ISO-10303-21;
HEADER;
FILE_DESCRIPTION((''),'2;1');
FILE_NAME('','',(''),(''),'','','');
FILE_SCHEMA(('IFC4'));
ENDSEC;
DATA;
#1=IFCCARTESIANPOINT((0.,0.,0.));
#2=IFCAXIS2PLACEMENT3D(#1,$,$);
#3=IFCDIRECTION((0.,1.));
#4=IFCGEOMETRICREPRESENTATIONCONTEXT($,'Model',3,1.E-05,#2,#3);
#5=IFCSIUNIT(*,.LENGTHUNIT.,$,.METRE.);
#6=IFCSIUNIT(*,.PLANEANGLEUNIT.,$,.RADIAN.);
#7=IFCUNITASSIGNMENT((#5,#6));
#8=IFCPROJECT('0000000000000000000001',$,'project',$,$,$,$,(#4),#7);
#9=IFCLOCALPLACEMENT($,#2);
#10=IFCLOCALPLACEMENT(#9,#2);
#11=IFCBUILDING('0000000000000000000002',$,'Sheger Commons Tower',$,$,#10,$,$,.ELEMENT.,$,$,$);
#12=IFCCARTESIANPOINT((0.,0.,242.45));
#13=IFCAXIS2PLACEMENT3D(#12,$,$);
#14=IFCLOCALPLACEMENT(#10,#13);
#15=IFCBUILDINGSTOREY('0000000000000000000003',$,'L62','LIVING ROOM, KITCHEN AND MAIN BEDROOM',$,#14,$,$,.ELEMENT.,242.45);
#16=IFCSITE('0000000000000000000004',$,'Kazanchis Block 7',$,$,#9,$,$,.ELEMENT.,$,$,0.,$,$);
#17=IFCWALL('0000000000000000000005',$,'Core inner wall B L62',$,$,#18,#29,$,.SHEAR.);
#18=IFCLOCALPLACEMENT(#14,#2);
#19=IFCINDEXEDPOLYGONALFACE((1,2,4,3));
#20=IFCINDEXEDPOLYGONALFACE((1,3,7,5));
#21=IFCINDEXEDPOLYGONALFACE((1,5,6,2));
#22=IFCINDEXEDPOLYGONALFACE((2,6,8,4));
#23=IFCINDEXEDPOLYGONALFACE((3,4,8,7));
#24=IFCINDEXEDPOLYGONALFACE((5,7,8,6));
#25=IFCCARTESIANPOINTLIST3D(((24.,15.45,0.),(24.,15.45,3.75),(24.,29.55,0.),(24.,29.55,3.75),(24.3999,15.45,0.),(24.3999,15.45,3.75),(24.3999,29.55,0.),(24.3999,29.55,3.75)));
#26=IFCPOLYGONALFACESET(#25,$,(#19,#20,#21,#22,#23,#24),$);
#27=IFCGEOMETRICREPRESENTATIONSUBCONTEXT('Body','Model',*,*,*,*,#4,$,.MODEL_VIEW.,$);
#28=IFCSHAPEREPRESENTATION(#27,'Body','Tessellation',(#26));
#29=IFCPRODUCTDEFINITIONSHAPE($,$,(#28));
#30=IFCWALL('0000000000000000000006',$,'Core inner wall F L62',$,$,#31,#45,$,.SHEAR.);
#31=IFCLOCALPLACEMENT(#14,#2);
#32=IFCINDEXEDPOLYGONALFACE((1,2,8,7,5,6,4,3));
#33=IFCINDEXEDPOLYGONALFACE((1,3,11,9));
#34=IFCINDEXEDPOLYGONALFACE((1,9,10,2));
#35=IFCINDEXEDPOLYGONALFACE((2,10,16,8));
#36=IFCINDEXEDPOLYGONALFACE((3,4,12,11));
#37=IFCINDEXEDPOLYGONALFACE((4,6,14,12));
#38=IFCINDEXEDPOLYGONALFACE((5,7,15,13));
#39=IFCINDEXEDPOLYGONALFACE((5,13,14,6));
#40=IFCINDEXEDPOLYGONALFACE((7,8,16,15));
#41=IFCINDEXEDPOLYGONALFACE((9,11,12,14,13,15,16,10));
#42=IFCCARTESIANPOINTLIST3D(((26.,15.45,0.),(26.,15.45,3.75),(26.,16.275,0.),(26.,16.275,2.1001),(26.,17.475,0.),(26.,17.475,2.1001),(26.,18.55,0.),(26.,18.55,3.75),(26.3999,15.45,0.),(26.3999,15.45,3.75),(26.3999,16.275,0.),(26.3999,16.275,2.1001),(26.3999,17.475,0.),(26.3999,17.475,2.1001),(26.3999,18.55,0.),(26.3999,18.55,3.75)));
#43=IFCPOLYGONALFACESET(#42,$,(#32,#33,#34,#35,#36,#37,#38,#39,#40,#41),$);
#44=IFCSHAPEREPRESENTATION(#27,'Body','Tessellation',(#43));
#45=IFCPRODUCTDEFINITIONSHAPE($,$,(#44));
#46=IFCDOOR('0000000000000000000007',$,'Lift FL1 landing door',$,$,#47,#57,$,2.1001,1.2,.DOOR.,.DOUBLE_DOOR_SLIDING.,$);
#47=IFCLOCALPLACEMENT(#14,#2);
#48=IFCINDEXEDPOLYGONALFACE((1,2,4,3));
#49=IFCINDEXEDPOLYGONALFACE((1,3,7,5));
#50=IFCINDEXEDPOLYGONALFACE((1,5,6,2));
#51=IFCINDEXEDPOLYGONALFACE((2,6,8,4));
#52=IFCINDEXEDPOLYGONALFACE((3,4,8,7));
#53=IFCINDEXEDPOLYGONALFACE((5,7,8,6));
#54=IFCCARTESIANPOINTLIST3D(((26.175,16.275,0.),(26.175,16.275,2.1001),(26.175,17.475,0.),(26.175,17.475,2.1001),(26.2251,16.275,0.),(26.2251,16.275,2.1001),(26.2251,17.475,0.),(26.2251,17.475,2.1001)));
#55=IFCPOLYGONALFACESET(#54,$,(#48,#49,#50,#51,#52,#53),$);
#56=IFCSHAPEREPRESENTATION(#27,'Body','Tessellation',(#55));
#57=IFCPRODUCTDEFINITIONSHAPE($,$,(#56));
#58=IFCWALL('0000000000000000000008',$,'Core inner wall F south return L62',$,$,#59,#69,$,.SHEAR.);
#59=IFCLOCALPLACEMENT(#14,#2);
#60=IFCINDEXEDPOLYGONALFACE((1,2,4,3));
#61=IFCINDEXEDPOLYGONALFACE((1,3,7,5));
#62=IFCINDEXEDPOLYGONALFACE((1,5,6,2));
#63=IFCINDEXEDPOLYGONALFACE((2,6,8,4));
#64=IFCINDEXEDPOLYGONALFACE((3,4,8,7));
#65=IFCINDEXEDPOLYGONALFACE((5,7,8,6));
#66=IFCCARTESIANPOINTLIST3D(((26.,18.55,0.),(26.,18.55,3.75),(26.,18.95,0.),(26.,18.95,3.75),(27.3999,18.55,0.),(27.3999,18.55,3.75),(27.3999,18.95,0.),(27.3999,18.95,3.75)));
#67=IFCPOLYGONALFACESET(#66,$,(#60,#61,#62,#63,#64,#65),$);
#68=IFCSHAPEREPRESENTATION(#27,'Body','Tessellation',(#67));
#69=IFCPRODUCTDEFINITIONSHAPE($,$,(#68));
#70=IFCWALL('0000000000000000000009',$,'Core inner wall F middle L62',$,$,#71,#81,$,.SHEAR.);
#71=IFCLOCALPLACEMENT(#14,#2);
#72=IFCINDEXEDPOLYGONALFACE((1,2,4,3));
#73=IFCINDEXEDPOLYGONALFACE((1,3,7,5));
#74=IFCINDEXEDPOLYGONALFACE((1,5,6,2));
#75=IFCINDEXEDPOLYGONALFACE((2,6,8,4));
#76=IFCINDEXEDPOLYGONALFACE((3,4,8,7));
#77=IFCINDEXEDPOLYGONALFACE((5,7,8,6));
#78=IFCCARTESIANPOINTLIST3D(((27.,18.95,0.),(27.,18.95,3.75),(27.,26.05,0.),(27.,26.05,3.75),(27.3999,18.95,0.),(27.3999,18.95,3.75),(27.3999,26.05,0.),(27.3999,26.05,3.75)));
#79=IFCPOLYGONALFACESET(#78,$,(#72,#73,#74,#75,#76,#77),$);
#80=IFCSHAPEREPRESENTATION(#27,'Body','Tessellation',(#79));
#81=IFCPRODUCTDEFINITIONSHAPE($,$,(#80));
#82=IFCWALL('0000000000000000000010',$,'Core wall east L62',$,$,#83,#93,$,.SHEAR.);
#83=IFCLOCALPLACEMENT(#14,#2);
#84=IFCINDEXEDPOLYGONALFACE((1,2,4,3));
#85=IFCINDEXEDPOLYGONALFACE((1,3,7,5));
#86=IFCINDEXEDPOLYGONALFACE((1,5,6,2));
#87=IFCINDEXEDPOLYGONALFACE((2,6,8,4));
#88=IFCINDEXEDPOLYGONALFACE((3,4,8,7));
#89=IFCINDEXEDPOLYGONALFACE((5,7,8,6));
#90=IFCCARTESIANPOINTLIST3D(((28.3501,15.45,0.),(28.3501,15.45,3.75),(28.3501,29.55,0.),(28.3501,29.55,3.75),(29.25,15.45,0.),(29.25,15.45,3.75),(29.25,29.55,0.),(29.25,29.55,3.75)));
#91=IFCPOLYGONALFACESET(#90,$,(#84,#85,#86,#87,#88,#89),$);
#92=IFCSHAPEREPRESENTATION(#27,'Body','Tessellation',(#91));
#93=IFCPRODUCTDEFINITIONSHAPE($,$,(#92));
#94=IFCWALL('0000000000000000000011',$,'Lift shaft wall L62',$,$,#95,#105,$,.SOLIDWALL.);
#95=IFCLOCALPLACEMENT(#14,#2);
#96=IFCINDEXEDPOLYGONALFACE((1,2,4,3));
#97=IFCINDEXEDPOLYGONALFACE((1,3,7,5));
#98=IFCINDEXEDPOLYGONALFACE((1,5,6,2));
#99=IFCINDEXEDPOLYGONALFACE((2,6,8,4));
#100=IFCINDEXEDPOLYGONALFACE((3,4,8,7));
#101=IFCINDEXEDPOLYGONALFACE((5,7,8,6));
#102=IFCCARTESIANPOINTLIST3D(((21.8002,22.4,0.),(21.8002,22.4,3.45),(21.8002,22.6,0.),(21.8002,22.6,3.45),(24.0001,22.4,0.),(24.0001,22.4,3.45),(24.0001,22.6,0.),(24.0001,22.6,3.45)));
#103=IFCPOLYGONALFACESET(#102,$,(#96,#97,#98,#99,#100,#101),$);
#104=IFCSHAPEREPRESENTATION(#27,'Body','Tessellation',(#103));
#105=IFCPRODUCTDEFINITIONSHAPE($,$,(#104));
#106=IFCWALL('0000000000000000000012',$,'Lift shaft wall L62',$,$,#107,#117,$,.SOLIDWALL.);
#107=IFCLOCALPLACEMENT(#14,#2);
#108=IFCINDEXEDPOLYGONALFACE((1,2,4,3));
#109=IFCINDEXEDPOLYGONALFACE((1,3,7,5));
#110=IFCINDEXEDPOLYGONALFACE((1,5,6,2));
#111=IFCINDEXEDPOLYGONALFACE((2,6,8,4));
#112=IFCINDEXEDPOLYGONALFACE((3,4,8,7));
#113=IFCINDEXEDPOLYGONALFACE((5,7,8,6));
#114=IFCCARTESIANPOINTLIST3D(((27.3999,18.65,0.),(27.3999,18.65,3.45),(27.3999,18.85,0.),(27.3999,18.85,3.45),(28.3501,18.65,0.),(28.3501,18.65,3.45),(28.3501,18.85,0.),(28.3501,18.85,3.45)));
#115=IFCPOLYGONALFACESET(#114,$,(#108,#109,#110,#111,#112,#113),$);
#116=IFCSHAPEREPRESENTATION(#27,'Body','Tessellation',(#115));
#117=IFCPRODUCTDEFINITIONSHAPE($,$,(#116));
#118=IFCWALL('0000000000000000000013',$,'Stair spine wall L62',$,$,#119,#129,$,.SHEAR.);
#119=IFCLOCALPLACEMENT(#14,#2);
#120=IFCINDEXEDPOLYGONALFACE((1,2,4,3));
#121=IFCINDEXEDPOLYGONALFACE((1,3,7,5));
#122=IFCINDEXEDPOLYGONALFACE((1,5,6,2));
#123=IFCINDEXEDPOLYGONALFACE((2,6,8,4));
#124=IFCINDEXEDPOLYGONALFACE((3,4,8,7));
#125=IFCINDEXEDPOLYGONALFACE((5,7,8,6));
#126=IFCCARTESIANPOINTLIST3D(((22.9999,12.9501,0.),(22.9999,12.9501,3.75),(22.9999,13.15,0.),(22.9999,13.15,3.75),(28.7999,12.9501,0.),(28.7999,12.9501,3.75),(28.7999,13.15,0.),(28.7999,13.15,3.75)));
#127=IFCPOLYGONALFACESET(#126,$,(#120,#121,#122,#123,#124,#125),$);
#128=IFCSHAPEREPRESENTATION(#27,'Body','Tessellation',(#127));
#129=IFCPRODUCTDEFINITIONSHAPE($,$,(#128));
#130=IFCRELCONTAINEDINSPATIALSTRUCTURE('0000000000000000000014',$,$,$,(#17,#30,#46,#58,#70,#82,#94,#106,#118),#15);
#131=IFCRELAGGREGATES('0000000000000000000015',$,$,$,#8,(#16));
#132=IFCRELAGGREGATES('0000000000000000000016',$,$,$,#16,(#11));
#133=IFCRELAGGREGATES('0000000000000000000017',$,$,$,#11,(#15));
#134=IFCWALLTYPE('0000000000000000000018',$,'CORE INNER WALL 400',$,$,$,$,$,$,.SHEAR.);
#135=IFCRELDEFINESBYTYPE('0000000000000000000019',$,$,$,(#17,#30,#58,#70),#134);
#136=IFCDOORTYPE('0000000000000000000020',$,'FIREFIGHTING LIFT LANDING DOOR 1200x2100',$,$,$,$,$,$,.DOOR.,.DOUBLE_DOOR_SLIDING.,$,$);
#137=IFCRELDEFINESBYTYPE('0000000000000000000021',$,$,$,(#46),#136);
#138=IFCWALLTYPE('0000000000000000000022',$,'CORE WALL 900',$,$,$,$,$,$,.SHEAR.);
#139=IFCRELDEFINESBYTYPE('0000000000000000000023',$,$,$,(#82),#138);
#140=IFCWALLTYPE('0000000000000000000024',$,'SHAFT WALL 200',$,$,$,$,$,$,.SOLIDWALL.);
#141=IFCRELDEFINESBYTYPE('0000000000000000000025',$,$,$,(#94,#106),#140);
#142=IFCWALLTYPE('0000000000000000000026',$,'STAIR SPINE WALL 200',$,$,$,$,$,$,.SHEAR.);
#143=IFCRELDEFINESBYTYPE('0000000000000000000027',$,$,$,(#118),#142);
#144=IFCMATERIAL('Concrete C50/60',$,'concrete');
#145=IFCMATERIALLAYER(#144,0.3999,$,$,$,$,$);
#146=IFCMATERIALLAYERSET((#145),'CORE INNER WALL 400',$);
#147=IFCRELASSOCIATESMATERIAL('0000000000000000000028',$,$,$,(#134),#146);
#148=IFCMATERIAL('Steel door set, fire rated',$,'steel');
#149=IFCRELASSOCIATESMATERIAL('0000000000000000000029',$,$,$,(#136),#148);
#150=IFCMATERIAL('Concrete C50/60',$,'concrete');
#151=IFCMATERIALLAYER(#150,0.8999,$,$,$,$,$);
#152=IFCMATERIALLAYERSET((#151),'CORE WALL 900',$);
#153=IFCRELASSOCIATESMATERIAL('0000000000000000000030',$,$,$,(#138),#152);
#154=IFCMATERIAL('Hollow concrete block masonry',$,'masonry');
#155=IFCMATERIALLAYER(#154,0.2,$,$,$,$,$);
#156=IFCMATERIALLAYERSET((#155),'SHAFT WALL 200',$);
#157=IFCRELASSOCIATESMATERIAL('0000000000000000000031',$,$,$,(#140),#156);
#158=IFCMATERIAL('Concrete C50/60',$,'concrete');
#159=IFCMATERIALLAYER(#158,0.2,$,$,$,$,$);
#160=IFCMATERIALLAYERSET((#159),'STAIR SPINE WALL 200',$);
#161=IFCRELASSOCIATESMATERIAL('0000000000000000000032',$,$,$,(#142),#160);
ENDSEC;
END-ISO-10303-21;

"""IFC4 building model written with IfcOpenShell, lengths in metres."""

from ifc_helpers import new_model, si_unit, direction, frame, frame_2d, origin, place, context, subcontext, project, spatial, rectangle, extrude, material, layer, layer_set, type_object, element, fill, save


model = new_model("IFC4")

# Units and contexts
model_context = context("Model", 3, precision=1e-05, world=origin(), true_north=direction((0.0, 1.0)))
body_context = subcontext(model_context, "Body", "Model", "MODEL_VIEW")
ifc_project = project(units=[si_unit("LENGTHUNIT", "METRE"), si_unit("PLANEANGLEUNIT", "RADIAN")], contexts=[model_context])

# Site, building, storey
site_placement = place(None, origin())
site = spatial("IfcSite", under=ifc_project, at=site_placement, Name="Kazanchis Block 7", CompositionType="ELEMENT", RefElevation=0.0)
building_placement = place(site_placement, origin())
building = spatial("IfcBuilding", under=site, at=building_placement, Name="Sheger Commons Tower", CompositionType="ELEMENT")
storey_placement = place(building_placement, frame((0.0, 0.0, 242.45)))
storey = spatial("IfcBuildingStorey", under=building, at=storey_placement, Name="L62", Description="LIVING ROOM, KITCHEN AND MAIN BEDROOM", CompositionType="ELEMENT", Elevation=242.45)

# Wall
ifc_material_1 = material(Name="Concrete C50/60", Category="concrete")
ifc_layer_1 = layer(ifc_material_1, 0.3999)
ifc_layer_set_1 = layer_set([ifc_layer_1], Name="CORE INNER WALL 400")
wall_type_1 = type_object("IfcWallType", Name="CORE INNER WALL 400", PredefinedType="SHEAR", material=ifc_layer_set_1)
wall_1_placement = place(storey_placement, frame((24.2, 15.45, 0.0), z_axis=(0.0, 0.0, 1.0), x_axis=(0.0, 1.0, 0.0)))
element("IfcWall", 1, at=wall_1_placement, inside=storey, type_object=wall_type_1, Name="Core inner wall B L62", PredefinedType="SHEAR", context=body_context, shape_type="SweptSolid", body=[
    extrude(rectangle(XDim=14.1001, YDim=0.3999, at=frame_2d((7.05, 0.0))), origin(), (0.0, 0.0, 1.0), 3.75),
])

# Wall, opening, door
wall_2_placement = place(storey_placement, frame((26.2, 15.45, 0.0), z_axis=(0.0, 0.0, 1.0), x_axis=(0.0, 1.0, 0.0)))
wall_2 = element("IfcWall", 2, at=wall_2_placement, inside=storey, type_object=wall_type_1, Name="Core inner wall F L62", PredefinedType="SHEAR", context=body_context, shape_type="SweptSolid", body=[
    extrude(rectangle(XDim=3.1001, YDim=0.3999, at=frame_2d((1.55, 0.0))), origin(), (0.0, 0.0, 1.0), 3.75),
])
opening_placement = place(wall_2_placement, frame((0.825, 0.0, 0.0)))
opening = element("IfcOpeningElement", 3, at=opening_placement, cuts=wall_2, PredefinedType="OPENING", context=body_context, shape_type="SweptSolid", body=[
    extrude(rectangle(XDim=1.2, YDim=2.1001, at=frame_2d((0.6001, 1.05))), frame((0.0, 0.21, 0.0), z_axis=(0.0, -1.0, 0.0), x_axis=(1.0, 0.0, 0.0)), (0.0, 0.0, 1.0), 0.4199),
])
ifc_material_2 = material(Name="Steel door set, fire rated", Category="steel")
door_type = type_object("IfcDoorType", Name="FIREFIGHTING LIFT LANDING DOOR 1200x2100", OperationType="DOUBLE_DOOR_SLIDING", PredefinedType="DOOR", material=ifc_material_2)
door_placement = place(opening_placement, origin())
door = element("IfcDoor", 4, at=door_placement, inside=storey, type_object=door_type, Name="Lift FL1 landing door", OperationType="DOUBLE_DOOR_SLIDING", OverallHeight=2.1001, OverallWidth=1.2, PredefinedType="DOOR", context=body_context, shape_type="SweptSolid", body=[
    extrude(rectangle(XDim=1.2, YDim=2.1001, at=frame_2d((0.6001, 1.05))), frame((0.0, 0.0249, 0.0), z_axis=(0.0, -1.0, 0.0), x_axis=(1.0, 0.0, 0.0)), (0.0, 0.0, 1.0), 0.05),
])
fill(opening, door)

# Walls
wall_3_placement = place(storey_placement, frame((26.0, 18.75, 0.0), z_axis=(0.0, 0.0, 1.0), x_axis=(1.0, 0.0, 0.0)))
element("IfcWall", 5, at=wall_3_placement, inside=storey, type_object=wall_type_1, Name="Core inner wall F south return L62", PredefinedType="SHEAR", context=body_context, shape_type="SweptSolid", body=[
    extrude(rectangle(XDim=1.3999, YDim=0.3999, at=frame_2d((0.7, 0.0))), origin(), (0.0, 0.0, 1.0), 3.75),
])
wall_4_placement = place(storey_placement, frame((27.2, 18.95, 0.0), z_axis=(0.0, 0.0, 1.0), x_axis=(0.0, 1.0, 0.0)))
element("IfcWall", 6, at=wall_4_placement, inside=storey, type_object=wall_type_1, Name="Core inner wall F middle L62", PredefinedType="SHEAR", context=body_context, shape_type="SweptSolid", body=[
    extrude(rectangle(XDim=7.1001, YDim=0.3999, at=frame_2d((3.55, 0.0))), origin(), (0.0, 0.0, 1.0), 3.75),
])
ifc_material_3 = material(Name="Concrete C50/60", Category="concrete")
ifc_layer_2 = layer(ifc_material_3, 0.8999)
ifc_layer_set_2 = layer_set([ifc_layer_2], Name="CORE WALL 900")
wall_type_2 = type_object("IfcWallType", Name="CORE WALL 900", PredefinedType="SHEAR", material=ifc_layer_set_2)
wall_5_placement = place(storey_placement, frame((28.8, 15.45, 0.0), z_axis=(0.0, 0.0, 1.0), x_axis=(0.0, 1.0, 0.0)))
element("IfcWall", 7, at=wall_5_placement, inside=storey, type_object=wall_type_2, Name="Core wall east L62", PredefinedType="SHEAR", context=body_context, shape_type="SweptSolid", body=[
    extrude(rectangle(XDim=14.1001, YDim=0.8999, at=frame_2d((7.05, 0.0))), origin(), (0.0, 0.0, 1.0), 3.75),
])
ifc_material_4 = material(Name="Hollow concrete block masonry", Category="masonry")
ifc_layer_3 = layer(ifc_material_4, 0.2)
ifc_layer_set_3 = layer_set([ifc_layer_3], Name="SHAFT WALL 200")
wall_type_3 = type_object("IfcWallType", Name="SHAFT WALL 200", PredefinedType="SOLIDWALL", material=ifc_layer_set_3)
wall_6_placement = place(storey_placement, frame((21.8, 22.5, 0.0), z_axis=(0.0, 0.0, 1.0), x_axis=(1.0, 0.0, 0.0)))
element("IfcWall", 8, at=wall_6_placement, inside=storey, type_object=wall_type_3, Name="Lift shaft wall L62", PredefinedType="SOLIDWALL", context=body_context, shape_type="SweptSolid", body=[
    extrude(rectangle(XDim=2.2, YDim=0.2, at=frame_2d((1.1001, 0.0))), origin(), (0.0, 0.0, 1.0), 3.45),
])
wall_7_placement = place(storey_placement, frame((27.3999, 18.75, 0.0), z_axis=(0.0, 0.0, 1.0), x_axis=(1.0, 0.0, 0.0)))
element("IfcWall", 9, at=wall_7_placement, inside=storey, type_object=wall_type_3, Name="Lift shaft wall L62", PredefinedType="SOLIDWALL", context=body_context, shape_type="SweptSolid", body=[
    extrude(rectangle(XDim=0.9502, YDim=0.2, at=frame_2d((0.4751, 0.0))), origin(), (0.0, 0.0, 1.0), 3.45),
])
ifc_material_5 = material(Name="Concrete C50/60", Category="concrete")
ifc_layer_4 = layer(ifc_material_5, 0.2)
ifc_layer_set_4 = layer_set([ifc_layer_4], Name="STAIR SPINE WALL 200")
wall_type_4 = type_object("IfcWallType", Name="STAIR SPINE WALL 200", PredefinedType="SHEAR", material=ifc_layer_set_4)
wall_8_placement = place(storey_placement, frame((23.0, 13.05, 0.0), z_axis=(0.0, 0.0, 1.0), x_axis=(1.0, 0.0, 0.0)))
element("IfcWall", 10, at=wall_8_placement, inside=storey, type_object=wall_type_4, Name="Stair spine wall L62", PredefinedType="SHEAR", context=body_context, shape_type="SweptSolid", body=[
    extrude(rectangle(XDim=5.8, YDim=0.2, at=frame_2d((2.8999, 0.0))), origin(), (0.0, 0.0, 1.0), 3.75),
])

save(model, "model.ifc")
